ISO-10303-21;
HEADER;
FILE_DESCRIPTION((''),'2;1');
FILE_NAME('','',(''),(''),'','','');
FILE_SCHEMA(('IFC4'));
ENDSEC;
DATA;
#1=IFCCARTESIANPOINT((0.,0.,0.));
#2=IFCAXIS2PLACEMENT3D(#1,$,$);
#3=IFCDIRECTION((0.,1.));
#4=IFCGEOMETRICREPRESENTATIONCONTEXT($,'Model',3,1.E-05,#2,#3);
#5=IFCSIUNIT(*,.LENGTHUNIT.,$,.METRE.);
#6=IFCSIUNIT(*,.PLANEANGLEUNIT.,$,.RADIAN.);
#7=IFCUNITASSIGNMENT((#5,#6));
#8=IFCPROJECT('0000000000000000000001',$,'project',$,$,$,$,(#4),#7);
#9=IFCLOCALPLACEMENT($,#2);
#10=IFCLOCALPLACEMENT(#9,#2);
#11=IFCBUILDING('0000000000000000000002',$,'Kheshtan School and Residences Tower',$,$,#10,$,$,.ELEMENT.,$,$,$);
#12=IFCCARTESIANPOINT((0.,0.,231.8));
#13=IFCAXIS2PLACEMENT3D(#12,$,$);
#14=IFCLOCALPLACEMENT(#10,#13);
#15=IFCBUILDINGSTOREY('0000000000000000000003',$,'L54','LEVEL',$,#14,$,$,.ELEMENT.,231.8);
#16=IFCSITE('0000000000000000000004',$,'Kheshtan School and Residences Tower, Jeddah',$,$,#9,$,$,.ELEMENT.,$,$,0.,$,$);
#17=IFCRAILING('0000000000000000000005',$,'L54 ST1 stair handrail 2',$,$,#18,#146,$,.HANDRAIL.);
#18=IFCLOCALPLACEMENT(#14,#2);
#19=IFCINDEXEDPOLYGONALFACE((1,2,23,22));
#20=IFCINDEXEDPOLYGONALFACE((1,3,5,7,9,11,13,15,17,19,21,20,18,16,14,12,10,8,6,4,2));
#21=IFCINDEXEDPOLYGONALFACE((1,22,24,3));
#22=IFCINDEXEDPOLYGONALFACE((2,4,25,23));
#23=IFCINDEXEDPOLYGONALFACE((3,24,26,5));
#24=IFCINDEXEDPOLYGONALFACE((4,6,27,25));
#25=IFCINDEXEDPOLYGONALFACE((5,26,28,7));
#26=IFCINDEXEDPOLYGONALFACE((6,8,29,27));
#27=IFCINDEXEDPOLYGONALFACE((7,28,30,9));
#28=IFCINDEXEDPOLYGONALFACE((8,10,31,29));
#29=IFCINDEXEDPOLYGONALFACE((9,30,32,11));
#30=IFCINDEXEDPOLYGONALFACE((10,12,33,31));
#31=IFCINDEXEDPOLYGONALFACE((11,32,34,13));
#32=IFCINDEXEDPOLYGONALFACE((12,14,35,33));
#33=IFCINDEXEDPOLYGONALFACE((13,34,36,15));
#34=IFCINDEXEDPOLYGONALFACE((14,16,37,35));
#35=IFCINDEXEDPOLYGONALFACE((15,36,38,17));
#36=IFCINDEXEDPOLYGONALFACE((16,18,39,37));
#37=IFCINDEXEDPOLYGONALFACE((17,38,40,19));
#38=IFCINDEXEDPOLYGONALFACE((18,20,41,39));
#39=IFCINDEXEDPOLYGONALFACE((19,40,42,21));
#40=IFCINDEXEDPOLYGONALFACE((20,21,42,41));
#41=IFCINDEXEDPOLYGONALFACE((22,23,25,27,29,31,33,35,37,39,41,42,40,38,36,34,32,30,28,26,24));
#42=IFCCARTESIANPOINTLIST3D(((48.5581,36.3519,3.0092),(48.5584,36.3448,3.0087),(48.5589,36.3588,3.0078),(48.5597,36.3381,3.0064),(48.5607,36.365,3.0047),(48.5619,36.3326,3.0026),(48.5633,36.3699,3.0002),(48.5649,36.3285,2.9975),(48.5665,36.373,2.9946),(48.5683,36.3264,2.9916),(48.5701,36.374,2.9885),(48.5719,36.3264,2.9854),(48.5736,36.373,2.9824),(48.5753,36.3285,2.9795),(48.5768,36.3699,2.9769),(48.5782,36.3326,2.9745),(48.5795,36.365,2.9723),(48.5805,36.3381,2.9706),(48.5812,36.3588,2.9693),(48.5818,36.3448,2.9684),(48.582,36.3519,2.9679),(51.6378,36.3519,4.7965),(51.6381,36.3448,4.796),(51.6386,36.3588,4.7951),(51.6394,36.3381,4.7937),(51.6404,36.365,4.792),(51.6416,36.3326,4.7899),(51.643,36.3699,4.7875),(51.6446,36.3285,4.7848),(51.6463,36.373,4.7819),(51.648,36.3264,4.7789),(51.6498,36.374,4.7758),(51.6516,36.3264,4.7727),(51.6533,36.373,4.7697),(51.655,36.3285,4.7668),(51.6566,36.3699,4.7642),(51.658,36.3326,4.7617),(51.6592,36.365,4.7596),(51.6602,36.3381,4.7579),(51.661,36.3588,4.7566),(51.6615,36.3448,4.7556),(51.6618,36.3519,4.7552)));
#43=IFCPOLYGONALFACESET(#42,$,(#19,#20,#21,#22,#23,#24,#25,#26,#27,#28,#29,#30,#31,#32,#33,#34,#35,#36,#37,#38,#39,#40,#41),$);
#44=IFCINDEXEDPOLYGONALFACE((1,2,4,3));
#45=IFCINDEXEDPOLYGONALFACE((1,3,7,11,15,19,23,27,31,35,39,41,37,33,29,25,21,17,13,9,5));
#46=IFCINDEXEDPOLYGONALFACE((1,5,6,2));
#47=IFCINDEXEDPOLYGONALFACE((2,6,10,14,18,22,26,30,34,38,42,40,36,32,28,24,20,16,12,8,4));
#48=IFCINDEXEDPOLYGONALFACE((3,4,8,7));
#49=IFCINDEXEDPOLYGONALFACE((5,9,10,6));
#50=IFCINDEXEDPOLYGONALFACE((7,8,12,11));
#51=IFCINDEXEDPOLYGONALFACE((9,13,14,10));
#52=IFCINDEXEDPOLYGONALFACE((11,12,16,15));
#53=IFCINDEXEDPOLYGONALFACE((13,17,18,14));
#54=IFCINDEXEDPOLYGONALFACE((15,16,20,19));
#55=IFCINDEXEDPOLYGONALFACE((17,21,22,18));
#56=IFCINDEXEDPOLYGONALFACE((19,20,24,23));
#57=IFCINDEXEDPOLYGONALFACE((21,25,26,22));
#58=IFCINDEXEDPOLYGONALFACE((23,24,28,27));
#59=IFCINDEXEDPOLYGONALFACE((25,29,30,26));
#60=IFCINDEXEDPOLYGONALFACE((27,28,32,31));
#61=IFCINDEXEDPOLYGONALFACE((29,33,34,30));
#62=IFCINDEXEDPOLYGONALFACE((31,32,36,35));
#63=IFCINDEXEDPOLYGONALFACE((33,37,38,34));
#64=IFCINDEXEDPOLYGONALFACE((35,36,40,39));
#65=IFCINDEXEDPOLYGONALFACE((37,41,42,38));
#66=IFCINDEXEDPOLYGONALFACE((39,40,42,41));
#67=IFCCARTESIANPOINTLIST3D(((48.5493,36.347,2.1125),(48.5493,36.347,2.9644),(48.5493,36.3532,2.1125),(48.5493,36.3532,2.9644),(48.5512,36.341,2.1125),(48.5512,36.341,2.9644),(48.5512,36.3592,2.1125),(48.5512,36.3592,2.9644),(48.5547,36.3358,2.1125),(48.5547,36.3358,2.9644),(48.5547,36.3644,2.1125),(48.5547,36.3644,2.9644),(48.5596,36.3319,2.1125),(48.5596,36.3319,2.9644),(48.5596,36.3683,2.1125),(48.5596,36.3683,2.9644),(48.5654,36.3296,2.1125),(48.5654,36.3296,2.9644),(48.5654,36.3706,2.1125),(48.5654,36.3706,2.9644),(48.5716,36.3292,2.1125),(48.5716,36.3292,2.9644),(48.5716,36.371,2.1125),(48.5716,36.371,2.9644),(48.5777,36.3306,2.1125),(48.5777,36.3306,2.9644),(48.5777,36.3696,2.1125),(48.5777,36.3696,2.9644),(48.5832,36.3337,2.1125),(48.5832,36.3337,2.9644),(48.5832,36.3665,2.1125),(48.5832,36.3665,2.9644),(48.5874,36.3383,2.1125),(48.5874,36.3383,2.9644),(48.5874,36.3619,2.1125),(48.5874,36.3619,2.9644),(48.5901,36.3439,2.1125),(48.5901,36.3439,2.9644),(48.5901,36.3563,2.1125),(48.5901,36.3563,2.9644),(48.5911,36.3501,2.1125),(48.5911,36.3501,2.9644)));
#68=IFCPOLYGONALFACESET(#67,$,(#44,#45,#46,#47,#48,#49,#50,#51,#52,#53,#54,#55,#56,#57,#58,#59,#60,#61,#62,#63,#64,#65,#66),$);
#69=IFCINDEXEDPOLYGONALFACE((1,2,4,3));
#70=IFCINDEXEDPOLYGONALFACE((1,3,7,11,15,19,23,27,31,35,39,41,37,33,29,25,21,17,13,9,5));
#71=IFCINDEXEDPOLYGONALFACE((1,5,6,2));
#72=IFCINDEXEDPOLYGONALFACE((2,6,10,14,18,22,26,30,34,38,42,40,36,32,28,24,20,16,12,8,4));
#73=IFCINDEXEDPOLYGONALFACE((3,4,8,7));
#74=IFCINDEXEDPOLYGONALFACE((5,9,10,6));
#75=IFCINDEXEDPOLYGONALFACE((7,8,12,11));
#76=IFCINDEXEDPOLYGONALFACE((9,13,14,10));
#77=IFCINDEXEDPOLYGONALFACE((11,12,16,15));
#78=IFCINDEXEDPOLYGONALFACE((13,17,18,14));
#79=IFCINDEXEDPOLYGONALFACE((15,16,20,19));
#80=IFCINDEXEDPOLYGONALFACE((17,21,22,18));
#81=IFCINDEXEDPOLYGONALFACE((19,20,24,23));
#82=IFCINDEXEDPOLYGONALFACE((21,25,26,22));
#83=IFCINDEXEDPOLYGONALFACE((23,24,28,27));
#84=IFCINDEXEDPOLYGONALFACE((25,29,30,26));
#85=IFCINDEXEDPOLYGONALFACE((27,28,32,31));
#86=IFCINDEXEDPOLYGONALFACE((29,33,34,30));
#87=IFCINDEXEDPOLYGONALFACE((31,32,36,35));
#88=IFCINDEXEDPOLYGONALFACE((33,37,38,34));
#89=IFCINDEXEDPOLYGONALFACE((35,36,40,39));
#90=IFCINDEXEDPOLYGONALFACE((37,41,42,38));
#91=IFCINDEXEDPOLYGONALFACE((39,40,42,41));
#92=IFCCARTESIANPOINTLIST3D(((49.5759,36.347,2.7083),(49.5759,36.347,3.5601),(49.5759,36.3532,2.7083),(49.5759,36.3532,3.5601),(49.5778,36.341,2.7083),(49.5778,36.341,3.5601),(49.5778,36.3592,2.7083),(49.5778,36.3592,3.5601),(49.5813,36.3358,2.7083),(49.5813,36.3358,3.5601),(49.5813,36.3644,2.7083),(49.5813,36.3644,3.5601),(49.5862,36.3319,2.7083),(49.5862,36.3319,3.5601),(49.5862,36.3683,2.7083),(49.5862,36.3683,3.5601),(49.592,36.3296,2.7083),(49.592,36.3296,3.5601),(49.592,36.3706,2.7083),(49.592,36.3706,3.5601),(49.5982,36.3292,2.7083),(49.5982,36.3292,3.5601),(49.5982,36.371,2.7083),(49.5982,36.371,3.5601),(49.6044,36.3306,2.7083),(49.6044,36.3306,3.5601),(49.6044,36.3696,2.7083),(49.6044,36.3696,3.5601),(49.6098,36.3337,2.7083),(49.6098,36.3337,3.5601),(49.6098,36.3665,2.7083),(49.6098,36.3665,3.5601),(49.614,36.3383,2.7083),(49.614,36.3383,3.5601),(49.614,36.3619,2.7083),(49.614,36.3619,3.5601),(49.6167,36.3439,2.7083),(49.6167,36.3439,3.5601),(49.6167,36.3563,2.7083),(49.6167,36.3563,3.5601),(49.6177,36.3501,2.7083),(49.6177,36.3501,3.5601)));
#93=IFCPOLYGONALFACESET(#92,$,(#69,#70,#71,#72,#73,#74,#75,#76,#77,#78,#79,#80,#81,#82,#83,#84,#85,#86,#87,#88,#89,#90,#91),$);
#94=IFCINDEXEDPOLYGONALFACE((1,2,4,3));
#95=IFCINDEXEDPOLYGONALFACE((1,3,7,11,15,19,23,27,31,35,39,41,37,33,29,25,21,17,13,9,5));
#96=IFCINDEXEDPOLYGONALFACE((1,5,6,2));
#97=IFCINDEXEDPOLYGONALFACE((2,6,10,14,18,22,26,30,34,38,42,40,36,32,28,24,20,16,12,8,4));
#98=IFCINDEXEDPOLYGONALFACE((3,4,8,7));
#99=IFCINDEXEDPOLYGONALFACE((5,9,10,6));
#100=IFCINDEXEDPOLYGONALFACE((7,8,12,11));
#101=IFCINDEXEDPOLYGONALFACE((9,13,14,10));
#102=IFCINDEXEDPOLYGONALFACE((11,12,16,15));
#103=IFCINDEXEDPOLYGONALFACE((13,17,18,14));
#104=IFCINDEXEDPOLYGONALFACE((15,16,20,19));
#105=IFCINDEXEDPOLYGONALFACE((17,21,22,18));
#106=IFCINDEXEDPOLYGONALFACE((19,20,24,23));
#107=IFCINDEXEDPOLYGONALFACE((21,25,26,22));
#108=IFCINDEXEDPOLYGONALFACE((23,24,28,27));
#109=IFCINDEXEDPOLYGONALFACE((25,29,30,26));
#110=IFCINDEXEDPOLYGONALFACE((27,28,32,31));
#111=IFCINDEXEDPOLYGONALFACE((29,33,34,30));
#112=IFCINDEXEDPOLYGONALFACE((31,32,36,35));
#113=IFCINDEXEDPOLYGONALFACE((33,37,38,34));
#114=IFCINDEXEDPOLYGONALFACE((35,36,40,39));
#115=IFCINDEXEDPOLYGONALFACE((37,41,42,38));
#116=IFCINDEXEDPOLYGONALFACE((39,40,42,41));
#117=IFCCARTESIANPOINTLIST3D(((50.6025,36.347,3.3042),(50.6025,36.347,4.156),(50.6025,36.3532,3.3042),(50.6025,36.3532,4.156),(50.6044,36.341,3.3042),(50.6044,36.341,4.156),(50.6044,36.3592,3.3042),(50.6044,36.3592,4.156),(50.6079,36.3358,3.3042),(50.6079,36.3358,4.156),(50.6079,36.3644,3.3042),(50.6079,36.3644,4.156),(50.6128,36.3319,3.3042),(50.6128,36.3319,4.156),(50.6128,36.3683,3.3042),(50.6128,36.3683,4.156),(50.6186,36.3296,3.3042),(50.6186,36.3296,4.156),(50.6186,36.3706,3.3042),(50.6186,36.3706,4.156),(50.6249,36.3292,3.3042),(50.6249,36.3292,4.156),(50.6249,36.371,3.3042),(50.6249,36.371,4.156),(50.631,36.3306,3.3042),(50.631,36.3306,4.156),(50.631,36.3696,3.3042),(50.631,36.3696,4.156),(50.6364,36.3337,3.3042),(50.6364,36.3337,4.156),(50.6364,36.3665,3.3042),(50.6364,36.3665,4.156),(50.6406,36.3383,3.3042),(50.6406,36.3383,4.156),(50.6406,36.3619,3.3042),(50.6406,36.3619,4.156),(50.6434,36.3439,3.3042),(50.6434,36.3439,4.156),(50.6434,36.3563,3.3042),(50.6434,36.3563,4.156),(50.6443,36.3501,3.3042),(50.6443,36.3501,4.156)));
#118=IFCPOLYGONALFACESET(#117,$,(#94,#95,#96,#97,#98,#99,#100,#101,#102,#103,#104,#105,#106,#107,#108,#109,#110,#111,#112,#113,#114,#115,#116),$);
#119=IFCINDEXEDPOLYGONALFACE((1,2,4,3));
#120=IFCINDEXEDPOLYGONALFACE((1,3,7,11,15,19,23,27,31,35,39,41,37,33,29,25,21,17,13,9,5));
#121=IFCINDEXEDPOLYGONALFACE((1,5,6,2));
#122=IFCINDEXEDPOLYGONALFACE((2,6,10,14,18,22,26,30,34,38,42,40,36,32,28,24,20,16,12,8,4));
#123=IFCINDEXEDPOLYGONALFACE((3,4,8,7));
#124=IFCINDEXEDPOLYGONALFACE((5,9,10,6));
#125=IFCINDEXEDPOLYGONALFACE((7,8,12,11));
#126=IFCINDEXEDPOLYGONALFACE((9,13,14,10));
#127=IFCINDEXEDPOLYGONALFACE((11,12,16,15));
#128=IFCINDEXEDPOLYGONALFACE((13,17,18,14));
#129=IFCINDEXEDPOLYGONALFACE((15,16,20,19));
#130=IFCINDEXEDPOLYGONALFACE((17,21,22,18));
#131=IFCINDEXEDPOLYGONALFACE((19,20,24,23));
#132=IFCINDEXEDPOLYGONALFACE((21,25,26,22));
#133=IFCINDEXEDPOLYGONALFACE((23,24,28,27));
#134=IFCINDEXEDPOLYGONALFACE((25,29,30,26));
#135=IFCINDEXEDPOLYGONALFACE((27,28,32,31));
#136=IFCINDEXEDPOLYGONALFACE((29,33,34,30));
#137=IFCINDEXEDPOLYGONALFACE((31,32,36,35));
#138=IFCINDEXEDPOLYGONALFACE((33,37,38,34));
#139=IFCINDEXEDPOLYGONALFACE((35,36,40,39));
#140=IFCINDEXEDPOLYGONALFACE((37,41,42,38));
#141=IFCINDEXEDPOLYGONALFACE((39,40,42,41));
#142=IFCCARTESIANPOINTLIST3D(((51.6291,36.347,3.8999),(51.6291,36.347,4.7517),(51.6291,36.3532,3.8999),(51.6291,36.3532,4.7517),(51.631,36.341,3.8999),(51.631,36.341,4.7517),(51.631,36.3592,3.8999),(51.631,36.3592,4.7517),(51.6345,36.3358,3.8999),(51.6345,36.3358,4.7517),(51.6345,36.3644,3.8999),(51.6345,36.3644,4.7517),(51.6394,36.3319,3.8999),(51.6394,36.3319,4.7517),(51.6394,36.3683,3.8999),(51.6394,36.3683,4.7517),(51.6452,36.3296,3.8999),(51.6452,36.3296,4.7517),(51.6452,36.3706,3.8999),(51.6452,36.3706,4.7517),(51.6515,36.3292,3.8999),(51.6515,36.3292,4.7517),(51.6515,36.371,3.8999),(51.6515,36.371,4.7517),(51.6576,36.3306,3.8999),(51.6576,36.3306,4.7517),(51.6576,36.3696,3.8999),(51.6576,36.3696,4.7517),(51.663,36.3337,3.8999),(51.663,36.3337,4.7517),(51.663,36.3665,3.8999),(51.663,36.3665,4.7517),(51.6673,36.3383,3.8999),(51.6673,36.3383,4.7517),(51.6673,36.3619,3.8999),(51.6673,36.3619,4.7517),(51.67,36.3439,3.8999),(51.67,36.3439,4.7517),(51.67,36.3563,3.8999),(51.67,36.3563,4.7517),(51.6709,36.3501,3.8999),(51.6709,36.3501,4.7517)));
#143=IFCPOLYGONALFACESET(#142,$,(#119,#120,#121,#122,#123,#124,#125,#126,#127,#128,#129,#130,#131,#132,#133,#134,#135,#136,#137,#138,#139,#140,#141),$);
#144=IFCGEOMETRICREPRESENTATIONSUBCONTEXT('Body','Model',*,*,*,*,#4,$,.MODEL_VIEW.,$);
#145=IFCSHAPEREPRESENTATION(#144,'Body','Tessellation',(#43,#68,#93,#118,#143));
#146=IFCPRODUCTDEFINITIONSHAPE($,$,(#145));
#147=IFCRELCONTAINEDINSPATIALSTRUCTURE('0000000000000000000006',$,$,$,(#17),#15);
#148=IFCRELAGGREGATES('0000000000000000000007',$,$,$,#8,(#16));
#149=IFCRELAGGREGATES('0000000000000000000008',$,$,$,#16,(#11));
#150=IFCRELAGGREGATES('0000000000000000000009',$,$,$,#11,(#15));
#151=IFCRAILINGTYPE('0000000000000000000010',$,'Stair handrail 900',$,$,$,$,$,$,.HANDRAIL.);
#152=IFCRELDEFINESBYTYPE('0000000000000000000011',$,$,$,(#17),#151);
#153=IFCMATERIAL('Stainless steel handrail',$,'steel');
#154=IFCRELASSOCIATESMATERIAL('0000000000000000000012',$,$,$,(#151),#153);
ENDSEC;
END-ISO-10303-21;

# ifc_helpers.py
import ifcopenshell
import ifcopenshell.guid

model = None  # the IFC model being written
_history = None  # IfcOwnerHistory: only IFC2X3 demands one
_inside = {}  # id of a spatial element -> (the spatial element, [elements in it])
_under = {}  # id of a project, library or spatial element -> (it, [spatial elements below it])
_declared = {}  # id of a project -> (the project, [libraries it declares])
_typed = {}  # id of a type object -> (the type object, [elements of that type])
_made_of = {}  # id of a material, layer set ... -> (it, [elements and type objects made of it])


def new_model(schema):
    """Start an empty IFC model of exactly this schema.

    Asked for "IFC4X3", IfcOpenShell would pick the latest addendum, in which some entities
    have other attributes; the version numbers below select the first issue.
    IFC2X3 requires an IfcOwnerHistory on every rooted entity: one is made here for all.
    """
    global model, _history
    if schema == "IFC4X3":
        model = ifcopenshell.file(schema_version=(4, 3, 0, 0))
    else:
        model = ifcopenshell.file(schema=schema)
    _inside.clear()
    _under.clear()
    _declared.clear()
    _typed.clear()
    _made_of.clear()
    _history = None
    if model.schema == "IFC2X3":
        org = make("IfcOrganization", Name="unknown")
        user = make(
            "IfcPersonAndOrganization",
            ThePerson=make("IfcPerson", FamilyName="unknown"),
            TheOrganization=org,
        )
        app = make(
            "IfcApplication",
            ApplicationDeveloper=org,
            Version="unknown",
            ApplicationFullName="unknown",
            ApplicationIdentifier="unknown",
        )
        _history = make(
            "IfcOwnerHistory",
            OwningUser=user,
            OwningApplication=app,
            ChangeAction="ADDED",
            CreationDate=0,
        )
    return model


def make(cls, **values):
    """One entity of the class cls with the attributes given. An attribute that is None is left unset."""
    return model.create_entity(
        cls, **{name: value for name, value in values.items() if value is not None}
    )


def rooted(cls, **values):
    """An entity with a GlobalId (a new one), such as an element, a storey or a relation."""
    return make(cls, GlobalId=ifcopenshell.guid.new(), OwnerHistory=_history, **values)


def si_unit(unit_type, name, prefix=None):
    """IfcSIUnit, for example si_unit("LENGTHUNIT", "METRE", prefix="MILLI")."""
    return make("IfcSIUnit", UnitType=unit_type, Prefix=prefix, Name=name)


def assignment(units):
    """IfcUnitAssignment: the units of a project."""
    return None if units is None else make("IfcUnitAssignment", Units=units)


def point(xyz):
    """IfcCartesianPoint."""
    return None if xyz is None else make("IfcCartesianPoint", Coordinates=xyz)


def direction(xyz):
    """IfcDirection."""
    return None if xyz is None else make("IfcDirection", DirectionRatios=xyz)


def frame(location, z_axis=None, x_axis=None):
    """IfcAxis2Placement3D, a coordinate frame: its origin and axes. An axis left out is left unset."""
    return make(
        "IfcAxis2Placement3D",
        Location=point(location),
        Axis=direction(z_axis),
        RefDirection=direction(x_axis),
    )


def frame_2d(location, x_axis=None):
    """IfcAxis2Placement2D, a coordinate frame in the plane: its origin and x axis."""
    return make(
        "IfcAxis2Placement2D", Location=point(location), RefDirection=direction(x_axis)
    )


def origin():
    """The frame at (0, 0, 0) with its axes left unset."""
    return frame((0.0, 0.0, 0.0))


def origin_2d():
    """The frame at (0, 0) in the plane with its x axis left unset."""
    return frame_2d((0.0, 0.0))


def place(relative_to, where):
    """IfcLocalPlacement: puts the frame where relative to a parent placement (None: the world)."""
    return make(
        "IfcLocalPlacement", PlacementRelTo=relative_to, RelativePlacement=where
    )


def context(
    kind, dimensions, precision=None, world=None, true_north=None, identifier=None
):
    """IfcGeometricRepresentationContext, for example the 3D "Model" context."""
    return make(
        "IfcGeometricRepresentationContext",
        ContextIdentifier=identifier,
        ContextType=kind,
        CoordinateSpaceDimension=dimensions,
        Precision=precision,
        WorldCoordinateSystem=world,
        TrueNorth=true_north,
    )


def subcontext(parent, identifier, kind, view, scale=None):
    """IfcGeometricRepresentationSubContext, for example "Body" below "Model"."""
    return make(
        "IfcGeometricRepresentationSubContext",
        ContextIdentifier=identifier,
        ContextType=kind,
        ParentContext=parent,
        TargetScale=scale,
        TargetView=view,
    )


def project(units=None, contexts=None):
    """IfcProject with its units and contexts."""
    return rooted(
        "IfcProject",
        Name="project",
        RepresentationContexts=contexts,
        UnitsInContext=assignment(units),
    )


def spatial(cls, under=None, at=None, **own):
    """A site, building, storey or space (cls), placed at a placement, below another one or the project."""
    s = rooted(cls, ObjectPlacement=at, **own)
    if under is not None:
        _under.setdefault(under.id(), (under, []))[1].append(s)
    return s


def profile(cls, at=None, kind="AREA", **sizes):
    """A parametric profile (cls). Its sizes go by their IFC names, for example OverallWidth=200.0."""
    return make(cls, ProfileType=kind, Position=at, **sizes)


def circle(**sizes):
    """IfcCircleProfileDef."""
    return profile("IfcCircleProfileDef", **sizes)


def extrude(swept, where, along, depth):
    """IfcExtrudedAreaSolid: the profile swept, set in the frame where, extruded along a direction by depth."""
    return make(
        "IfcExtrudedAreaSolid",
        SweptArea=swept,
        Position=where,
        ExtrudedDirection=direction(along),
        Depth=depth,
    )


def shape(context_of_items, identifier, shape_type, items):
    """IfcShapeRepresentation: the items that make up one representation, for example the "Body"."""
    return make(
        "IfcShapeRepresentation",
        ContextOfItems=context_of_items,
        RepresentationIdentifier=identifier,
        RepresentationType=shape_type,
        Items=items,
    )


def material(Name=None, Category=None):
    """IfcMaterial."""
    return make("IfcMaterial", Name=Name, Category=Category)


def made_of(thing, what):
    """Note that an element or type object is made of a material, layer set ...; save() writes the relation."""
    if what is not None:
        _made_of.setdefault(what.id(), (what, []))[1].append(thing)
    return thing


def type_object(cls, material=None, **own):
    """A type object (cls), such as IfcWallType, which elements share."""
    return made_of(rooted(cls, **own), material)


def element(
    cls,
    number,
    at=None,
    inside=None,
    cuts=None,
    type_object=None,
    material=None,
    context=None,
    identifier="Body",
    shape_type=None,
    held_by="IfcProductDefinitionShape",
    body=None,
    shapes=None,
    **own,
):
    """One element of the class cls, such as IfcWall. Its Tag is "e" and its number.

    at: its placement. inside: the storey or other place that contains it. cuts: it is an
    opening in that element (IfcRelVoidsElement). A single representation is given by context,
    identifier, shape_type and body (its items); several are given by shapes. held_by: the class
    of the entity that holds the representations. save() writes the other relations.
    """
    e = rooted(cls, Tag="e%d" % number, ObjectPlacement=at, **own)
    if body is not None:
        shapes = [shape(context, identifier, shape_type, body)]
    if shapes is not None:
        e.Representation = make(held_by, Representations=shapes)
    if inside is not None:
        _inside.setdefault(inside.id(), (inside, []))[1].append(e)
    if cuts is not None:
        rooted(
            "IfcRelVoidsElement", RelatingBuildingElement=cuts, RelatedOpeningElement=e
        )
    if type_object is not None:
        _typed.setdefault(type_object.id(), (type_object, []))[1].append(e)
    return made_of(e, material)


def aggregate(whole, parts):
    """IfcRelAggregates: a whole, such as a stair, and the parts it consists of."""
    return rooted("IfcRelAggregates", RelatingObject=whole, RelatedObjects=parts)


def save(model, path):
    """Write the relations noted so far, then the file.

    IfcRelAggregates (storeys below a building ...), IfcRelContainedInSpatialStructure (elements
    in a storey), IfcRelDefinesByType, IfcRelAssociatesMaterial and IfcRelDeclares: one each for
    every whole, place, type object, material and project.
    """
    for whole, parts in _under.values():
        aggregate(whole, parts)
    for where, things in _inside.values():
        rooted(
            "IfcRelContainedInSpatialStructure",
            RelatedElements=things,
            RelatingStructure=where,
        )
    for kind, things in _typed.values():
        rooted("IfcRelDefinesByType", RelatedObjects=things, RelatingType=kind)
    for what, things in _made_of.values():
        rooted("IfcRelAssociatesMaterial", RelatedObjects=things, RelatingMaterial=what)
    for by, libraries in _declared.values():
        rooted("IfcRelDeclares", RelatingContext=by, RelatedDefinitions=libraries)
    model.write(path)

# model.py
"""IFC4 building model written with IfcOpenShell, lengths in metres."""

from ifc_helpers import new_model, si_unit, direction, frame, origin, origin_2d, place, context, subcontext, project, spatial, circle, extrude, material, type_object, element, save


model = new_model("IFC4")

# Units and contexts
model_context = context("Model", 3, precision=1e-05, world=origin(), true_north=direction((0.0, 1.0)))
body_context = subcontext(model_context, "Body", "Model", "MODEL_VIEW")
ifc_project = project(units=[si_unit("LENGTHUNIT", "METRE"), si_unit("PLANEANGLEUNIT", "RADIAN")], contexts=[model_context])

# Site, building, storey
site_placement = place(None, origin())
site = spatial("IfcSite", under=ifc_project, at=site_placement, Name="Kheshtan School and Residences Tower, Jeddah", CompositionType="ELEMENT", RefElevation=0.0)
building_placement = place(site_placement, origin())
building = spatial("IfcBuilding", under=site, at=building_placement, Name="Kheshtan School and Residences Tower", CompositionType="ELEMENT")
storey_placement = place(building_placement, frame((0.0, 0.0, 231.8)))
storey = spatial("IfcBuildingStorey", under=building, at=storey_placement, Name="L54", Description="LEVEL", CompositionType="ELEMENT", Elevation=231.8)

# Railing
ifc_material_1 = material(Name="Stainless steel handrail", Category="steel")
railing_type_1 = type_object("IfcRailingType", Name="Stair handrail 900", PredefinedType="HANDRAIL", material=ifc_material_1)
railing_1_placement = place(storey_placement, frame((48.5701, 36.3501, 2.1125)))
element("IfcRailing", 1, at=railing_1_placement, inside=storey, type_object=railing_type_1, Name="L54 ST1 stair handrail 2", PredefinedType="HANDRAIL", context=body_context, shape_type="SweptSolid", body=[
    extrude(circle(Radius=0.0239, at=origin_2d()), frame((0.0, 0.0, 0.876), z_axis=(0.864903, 0.0, 0.501939), x_axis=(0.0, 1.0, 0.0)), (0.0, 0.0, 1.0), 3.5608),
    extrude(circle(Radius=0.021, at=origin_2d()), origin(), (0.0, 0.0, 1.0), 0.8518),
    extrude(circle(Radius=0.021, at=origin_2d()), frame((1.0266, 0.0, 0.5957)), (0.0, 0.0, 1.0), 0.8518),
    extrude(circle(Radius=0.021, at=origin_2d()), frame((2.0532, 0.0, 1.1917)), (0.0, 0.0, 1.0), 0.8518),
    extrude(circle(Radius=0.021, at=origin_2d()), frame((3.0798, 0.0, 1.7874)), (0.0, 0.0, 1.0), 0.8518),
])

save(model, "model.ifc")
